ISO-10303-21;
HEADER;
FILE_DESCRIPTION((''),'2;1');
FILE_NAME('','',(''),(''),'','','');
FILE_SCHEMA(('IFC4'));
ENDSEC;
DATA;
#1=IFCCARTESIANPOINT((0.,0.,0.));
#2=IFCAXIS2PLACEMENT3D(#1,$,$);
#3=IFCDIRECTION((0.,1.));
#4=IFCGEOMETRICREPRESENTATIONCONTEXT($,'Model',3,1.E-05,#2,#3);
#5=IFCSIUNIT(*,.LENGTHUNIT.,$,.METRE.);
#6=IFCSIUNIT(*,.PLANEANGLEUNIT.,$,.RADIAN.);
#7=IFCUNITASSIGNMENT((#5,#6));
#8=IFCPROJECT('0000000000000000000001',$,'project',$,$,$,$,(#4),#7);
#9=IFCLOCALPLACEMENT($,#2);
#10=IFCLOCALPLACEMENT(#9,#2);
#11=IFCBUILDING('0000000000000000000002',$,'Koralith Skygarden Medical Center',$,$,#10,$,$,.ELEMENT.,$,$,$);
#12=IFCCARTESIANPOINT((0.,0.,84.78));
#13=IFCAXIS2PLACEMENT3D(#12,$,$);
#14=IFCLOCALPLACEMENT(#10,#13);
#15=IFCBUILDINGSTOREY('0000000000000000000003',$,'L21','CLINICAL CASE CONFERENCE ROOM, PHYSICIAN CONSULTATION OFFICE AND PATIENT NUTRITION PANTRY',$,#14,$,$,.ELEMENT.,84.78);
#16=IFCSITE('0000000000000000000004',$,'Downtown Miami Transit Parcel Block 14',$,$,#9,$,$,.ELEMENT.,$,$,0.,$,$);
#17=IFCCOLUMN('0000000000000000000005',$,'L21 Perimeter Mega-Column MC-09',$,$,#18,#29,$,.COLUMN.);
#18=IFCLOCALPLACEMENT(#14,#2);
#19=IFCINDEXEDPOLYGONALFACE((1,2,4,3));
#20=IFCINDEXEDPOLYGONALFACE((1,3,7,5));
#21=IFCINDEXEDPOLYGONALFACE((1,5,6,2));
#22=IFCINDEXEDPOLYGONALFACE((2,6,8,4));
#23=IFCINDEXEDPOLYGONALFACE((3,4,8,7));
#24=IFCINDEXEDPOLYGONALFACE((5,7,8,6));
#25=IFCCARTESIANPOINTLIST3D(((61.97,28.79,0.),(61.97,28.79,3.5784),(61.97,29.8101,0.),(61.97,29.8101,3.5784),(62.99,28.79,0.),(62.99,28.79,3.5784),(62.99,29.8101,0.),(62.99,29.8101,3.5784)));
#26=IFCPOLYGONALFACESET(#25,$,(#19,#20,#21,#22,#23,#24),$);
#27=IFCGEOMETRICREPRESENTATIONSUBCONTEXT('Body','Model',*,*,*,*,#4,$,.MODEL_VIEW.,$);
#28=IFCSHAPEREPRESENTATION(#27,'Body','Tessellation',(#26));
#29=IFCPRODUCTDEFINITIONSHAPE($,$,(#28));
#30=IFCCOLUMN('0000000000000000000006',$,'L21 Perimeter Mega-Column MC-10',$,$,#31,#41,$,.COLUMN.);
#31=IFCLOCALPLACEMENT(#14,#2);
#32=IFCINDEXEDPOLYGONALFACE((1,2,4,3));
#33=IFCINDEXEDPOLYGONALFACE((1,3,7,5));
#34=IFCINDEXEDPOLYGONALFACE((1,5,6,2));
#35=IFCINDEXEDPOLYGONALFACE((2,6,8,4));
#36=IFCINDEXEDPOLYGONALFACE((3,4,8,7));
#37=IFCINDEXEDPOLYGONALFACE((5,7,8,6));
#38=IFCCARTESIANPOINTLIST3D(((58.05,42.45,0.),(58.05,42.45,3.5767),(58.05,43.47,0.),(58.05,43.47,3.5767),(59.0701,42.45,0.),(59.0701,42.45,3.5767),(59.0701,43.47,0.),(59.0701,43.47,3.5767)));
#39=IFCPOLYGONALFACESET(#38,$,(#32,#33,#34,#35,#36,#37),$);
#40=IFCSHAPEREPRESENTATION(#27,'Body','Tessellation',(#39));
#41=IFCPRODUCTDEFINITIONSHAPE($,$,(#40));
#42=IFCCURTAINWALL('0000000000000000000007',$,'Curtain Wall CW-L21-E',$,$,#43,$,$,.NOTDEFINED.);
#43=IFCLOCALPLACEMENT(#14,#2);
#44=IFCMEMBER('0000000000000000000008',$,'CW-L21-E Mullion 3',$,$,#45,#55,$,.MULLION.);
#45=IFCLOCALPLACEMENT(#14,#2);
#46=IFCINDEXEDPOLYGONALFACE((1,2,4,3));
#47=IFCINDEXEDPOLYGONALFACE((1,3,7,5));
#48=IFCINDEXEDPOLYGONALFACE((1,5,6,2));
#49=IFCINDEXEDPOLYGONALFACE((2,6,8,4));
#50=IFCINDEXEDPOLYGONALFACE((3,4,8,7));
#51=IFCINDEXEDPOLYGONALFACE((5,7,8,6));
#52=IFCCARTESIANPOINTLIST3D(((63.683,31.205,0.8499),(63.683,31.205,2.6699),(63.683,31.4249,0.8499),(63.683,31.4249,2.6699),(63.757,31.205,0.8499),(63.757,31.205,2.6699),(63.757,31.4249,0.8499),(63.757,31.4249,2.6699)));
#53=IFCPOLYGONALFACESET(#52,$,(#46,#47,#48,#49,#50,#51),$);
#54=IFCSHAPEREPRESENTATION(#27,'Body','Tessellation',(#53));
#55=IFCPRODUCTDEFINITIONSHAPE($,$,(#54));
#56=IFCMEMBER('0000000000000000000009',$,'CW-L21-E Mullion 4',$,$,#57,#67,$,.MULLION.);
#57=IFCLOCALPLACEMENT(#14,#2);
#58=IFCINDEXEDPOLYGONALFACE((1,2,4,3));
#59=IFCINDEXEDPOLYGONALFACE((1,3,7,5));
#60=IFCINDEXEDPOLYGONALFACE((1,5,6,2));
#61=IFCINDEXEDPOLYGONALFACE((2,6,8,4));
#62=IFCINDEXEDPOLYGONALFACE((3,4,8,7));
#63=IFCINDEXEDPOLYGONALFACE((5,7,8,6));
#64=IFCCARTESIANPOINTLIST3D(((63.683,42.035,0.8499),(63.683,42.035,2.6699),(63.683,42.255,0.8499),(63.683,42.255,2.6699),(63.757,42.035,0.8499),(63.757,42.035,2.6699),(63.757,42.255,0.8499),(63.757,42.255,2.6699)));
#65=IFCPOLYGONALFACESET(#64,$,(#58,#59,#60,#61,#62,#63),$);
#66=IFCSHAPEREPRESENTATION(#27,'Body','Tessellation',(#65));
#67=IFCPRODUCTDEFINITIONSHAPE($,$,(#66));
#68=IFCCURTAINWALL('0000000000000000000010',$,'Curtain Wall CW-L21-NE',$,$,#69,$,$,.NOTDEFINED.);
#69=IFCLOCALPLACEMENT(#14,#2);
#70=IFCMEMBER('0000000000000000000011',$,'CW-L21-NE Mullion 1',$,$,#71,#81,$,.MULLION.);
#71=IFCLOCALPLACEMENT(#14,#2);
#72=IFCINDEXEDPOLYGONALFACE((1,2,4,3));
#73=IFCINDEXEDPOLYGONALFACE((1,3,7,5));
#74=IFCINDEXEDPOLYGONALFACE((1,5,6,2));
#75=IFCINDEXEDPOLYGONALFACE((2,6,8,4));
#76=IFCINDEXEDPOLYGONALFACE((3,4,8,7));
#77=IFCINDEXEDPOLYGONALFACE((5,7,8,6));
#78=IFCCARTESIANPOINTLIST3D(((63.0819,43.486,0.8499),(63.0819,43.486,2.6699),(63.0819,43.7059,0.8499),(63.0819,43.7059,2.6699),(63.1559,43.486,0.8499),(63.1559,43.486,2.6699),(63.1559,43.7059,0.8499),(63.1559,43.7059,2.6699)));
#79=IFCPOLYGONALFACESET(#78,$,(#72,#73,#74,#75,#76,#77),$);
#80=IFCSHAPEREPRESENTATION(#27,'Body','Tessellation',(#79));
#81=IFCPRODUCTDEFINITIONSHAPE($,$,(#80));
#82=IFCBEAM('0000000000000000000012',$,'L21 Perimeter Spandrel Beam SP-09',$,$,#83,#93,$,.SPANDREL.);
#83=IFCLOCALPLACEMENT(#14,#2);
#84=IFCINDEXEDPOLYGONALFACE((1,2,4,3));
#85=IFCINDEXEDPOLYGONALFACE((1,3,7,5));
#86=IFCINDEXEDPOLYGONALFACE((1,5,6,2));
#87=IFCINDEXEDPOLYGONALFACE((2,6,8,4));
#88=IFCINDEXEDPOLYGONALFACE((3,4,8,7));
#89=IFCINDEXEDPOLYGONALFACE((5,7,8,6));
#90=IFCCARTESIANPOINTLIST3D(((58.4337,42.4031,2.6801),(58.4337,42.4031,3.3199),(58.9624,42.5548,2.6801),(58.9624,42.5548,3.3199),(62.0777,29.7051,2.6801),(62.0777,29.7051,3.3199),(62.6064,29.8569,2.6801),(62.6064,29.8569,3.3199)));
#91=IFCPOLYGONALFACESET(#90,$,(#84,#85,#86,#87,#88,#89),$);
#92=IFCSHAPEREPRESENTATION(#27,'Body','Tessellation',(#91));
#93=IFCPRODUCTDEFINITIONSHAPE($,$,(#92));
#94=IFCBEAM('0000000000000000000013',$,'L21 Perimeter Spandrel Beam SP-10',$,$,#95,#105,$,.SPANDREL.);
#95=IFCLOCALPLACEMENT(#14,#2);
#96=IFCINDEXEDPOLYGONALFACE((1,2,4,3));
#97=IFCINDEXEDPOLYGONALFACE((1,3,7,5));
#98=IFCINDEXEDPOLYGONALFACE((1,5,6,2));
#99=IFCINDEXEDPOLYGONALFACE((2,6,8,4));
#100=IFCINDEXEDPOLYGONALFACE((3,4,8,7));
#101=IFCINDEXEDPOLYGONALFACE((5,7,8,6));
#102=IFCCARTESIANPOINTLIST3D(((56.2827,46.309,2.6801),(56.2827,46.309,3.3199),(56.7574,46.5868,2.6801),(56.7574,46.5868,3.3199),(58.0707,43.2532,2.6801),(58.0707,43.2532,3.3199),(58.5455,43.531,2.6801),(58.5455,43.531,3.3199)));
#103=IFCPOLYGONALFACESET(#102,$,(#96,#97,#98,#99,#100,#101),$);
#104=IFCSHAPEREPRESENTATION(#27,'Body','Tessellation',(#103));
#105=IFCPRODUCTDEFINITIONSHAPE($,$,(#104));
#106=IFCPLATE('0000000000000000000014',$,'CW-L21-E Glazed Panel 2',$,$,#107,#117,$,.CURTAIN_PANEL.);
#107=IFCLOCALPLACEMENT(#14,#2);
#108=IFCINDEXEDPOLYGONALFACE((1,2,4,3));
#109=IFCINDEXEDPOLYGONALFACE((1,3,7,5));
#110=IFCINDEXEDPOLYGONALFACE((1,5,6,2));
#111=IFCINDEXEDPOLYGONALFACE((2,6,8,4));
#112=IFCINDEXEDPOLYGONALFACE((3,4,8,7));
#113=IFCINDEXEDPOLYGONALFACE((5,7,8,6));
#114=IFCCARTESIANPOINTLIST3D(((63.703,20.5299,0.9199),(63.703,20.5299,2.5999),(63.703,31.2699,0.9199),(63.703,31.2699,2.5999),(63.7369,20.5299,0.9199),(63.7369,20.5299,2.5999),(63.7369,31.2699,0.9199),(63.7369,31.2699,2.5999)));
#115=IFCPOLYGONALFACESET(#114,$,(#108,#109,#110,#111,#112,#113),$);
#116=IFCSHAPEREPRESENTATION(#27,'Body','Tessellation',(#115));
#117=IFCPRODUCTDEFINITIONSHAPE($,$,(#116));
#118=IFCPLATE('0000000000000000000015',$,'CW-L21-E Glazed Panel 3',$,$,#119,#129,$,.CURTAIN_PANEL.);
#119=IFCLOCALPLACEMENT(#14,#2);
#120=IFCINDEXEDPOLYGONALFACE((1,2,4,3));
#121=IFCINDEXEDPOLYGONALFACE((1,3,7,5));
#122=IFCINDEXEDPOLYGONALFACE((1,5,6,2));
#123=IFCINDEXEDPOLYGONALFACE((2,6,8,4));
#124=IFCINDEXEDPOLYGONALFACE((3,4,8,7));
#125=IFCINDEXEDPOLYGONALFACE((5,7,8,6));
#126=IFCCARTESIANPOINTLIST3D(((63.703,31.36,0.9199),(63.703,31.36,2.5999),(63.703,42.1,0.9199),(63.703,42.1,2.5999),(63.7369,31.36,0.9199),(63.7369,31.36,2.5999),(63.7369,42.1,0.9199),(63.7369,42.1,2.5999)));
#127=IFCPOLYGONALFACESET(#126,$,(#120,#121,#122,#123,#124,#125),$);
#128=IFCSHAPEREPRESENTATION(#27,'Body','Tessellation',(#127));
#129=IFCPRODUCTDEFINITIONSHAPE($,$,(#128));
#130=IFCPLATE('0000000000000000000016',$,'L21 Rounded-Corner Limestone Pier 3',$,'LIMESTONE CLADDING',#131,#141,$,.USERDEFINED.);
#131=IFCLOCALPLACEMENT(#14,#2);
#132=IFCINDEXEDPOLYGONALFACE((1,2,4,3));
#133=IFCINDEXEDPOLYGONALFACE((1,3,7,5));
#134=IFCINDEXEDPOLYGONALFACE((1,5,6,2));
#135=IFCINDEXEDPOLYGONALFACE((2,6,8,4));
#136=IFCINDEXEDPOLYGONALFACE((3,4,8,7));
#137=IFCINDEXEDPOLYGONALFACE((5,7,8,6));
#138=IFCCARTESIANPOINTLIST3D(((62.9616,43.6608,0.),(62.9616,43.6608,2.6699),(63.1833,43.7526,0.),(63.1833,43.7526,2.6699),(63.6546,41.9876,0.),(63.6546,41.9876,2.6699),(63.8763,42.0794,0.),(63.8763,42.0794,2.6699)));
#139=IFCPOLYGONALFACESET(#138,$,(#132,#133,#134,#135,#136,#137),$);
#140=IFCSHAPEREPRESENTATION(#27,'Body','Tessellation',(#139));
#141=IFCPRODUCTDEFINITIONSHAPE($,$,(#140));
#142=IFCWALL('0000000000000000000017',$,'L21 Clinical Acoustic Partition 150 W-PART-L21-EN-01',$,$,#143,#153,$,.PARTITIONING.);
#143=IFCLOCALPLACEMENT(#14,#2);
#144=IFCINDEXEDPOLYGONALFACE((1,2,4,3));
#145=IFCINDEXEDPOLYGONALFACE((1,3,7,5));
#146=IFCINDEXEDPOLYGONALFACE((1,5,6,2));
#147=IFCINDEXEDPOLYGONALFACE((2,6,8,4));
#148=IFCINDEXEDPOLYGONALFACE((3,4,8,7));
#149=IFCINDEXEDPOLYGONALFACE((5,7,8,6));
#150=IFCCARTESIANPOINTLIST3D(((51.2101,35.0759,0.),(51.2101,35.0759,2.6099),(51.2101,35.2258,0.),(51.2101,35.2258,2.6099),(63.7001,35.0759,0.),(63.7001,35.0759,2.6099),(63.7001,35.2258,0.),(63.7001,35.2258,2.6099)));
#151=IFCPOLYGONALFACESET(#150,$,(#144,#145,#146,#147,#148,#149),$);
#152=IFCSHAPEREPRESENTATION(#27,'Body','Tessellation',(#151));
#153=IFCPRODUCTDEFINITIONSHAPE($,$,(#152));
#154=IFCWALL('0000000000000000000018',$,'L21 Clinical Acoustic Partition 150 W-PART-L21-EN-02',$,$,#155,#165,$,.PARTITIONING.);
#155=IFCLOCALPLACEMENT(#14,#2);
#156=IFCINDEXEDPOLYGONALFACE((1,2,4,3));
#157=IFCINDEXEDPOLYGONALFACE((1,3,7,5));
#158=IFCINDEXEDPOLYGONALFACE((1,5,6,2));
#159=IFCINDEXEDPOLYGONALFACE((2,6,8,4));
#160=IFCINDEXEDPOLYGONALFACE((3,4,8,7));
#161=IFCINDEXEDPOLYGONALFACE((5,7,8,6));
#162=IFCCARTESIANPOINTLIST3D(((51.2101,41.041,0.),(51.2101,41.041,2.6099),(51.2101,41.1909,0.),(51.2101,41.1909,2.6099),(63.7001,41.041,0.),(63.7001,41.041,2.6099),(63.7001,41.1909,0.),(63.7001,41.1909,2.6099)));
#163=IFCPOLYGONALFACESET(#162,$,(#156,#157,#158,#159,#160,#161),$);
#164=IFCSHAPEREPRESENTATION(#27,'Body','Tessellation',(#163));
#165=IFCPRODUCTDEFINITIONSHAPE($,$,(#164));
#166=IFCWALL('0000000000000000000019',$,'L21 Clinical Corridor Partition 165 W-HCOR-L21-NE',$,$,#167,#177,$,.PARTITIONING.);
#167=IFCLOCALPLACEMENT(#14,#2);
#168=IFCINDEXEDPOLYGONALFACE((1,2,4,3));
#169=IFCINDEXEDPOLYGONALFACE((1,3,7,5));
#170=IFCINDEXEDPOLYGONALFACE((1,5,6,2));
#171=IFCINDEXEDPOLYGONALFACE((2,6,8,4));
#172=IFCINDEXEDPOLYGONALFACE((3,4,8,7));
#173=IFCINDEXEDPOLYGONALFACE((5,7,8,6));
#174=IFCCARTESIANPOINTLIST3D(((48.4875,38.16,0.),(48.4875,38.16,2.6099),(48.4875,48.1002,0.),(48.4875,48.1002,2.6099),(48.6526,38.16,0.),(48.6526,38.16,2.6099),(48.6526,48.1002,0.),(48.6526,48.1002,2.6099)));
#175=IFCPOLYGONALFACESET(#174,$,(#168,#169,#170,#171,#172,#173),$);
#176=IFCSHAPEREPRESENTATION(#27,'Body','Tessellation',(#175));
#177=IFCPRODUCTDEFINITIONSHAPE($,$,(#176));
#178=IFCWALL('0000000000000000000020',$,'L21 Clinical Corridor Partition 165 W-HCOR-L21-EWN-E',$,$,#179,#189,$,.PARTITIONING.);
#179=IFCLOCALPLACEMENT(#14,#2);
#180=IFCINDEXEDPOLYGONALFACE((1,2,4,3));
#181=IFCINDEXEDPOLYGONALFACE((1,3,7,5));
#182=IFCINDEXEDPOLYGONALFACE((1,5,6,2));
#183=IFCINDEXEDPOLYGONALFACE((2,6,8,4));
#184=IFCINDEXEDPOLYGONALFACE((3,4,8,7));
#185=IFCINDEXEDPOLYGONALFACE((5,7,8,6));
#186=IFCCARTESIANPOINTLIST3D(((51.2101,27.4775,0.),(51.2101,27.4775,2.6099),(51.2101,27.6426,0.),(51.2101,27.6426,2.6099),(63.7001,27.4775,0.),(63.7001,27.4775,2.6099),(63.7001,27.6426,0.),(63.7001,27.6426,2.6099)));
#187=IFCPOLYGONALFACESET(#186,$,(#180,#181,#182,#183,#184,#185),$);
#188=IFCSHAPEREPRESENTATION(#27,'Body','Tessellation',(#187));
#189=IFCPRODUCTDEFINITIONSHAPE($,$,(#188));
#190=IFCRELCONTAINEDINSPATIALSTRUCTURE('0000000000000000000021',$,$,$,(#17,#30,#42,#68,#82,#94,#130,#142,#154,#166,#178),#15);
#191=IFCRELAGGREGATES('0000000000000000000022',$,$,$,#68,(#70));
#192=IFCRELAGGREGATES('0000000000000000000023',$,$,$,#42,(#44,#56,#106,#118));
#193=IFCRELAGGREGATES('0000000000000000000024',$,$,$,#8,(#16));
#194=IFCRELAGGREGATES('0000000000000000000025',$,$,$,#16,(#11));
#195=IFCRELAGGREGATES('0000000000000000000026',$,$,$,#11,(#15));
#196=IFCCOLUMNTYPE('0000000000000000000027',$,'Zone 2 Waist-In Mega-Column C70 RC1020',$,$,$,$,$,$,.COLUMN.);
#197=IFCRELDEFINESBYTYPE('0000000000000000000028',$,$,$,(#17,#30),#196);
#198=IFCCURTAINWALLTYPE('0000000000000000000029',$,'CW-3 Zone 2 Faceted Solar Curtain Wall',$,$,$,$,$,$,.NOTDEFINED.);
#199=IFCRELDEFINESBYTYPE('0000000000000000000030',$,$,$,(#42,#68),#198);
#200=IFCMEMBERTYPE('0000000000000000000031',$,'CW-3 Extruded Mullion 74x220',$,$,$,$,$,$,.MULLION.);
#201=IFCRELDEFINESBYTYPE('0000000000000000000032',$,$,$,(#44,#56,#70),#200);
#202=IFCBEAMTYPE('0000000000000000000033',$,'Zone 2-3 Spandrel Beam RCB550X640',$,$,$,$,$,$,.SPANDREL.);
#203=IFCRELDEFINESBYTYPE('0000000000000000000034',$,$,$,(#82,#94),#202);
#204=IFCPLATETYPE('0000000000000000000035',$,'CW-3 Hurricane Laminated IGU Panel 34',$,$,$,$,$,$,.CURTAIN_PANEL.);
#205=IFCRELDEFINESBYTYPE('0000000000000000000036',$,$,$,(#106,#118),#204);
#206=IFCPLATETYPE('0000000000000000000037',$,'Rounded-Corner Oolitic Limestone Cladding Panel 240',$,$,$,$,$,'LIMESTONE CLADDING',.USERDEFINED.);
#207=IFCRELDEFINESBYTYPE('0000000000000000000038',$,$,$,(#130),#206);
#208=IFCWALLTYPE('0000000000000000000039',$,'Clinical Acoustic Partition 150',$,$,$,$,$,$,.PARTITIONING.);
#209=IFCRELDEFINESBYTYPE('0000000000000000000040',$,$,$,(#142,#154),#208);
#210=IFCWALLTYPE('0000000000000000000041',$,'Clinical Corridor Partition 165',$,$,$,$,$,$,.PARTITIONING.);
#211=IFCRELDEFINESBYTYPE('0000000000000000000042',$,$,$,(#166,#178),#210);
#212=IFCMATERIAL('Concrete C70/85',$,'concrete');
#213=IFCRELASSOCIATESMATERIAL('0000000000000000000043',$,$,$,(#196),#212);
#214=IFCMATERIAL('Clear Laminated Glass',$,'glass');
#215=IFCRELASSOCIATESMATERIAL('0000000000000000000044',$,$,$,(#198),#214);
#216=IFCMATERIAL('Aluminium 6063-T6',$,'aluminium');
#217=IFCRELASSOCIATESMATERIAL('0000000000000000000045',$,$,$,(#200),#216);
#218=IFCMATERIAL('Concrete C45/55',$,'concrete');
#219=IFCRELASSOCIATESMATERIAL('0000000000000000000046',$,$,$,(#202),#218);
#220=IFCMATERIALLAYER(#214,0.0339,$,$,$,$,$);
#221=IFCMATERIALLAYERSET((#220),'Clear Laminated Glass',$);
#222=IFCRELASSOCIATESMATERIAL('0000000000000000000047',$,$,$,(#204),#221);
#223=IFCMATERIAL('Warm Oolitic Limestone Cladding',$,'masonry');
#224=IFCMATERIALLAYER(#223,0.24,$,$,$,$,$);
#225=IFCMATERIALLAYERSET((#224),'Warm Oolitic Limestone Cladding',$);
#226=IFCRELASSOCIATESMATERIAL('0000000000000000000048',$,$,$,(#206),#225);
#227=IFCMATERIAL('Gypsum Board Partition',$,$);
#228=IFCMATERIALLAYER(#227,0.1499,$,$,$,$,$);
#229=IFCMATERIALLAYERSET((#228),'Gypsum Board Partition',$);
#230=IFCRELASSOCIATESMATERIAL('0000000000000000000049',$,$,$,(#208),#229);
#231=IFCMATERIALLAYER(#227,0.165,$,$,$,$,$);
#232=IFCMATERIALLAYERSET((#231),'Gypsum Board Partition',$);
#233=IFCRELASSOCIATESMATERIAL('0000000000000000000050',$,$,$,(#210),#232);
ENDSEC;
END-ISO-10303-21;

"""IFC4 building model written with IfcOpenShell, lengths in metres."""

from ifc_helpers import new_model, si_unit, direction, frame, frame_2d, origin, origin_2d, place, context, subcontext, project, spatial, rectangle, extrude, material, layer, layer_set, material_profile, profile_set, type_object, element, aggregate, save


model = new_model("IFC4")

# Units and contexts
model_context = context("Model", 3, precision=1e-05, world=origin(), true_north=direction((0.0, 1.0)))
body_context = subcontext(model_context, "Body", "Model", "MODEL_VIEW")
ifc_project = project(units=[si_unit("LENGTHUNIT", "METRE"), si_unit("PLANEANGLEUNIT", "RADIAN")], contexts=[model_context])

# Site, building, storey
site_placement = place(None, origin())
site = spatial("IfcSite", under=ifc_project, at=site_placement, Name="Downtown Miami Transit Parcel Block 14", CompositionType="ELEMENT", RefElevation=0.0)
building_placement = place(site_placement, origin())
building = spatial("IfcBuilding", under=site, at=building_placement, Name="Koralith Skygarden Medical Center", CompositionType="ELEMENT")
storey_placement = place(building_placement, frame((0.0, 0.0, 84.78)))
storey = spatial("IfcBuildingStorey", under=building, at=storey_placement, Name="L21", Description="CLINICAL CASE CONFERENCE ROOM, PHYSICIAN CONSULTATION OFFICE AND PATIENT NUTRITION PANTRY", CompositionType="ELEMENT", Elevation=84.78)

# Columns
ifc_material_1 = material(Name="Concrete C70/85", Category="concrete")
ifc_material_profile_1 = material_profile(ifc_material_1, rectangle(XDim=1.02, YDim=1.02, at=origin_2d()), Name="RC1020X1020")
ifc_profile_set_1 = profile_set([ifc_material_profile_1], Name="Concrete C70/85")
column_type = type_object("IfcColumnType", Name="Zone 2 Waist-In Mega-Column C70 RC1020", PredefinedType="COLUMN", material=ifc_profile_set_1)
column_1_placement = place(storey_placement, frame((62.48, 29.3, 0.0), z_axis=(0.0, 0.0, 1.0), x_axis=(1.0, 0.0, 0.0)))
element("IfcColumn", 1, at=column_1_placement, inside=storey, type_object=column_type, Name="L21 Perimeter Mega-Column MC-09", PredefinedType="COLUMN", context=body_context, shape_type="SweptSolid", body=[
    extrude(rectangle(XDim=1.02, YDim=1.02, at=origin_2d()), origin(), (0.0, 0.0, 1.0), 3.5784),
])
column_2_placement = place(storey_placement, frame((58.5601, 42.96, 0.0), z_axis=(0.0, 0.0, 1.0), x_axis=(1.0, 0.0, 0.0)))
element("IfcColumn", 2, at=column_2_placement, inside=storey, type_object=column_type, Name="L21 Perimeter Mega-Column MC-10", PredefinedType="COLUMN", context=body_context, shape_type="SweptSolid", body=[
    extrude(rectangle(XDim=1.02, YDim=1.02, at=origin_2d()), origin(), (0.0, 0.0, 1.0), 3.5767),
])

# Curtain wall, members
ifc_material_2 = material(Name="Clear Laminated Glass", Category="glass")
curtain_wall_type = type_object("IfcCurtainWallType", Name="CW-3 Zone 2 Faceted Solar Curtain Wall", PredefinedType="NOTDEFINED", material=ifc_material_2)
curtain_wall_1_placement = place(storey_placement, origin())
curtain_wall_1 = element("IfcCurtainWall", 3, at=curtain_wall_1_placement, inside=storey, type_object=curtain_wall_type, Name="Curtain Wall CW-L21-E", PredefinedType="NOTDEFINED")
ifc_material_3 = material(Name="Aluminium 6063-T6", Category="aluminium")
ifc_material_profile_2 = material_profile(ifc_material_3, rectangle(XDim=0.074, YDim=0.22, at=origin_2d()), Name="MUL74X220")
ifc_profile_set_2 = profile_set([ifc_material_profile_2], Name="Aluminium 6063-T6")
member_type = type_object("IfcMemberType", Name="CW-3 Extruded Mullion 74x220", PredefinedType="MULLION", material=ifc_profile_set_2)
member_1_placement = place(storey_placement, frame((63.72, 31.3149, 0.8499), z_axis=(0.0, 0.0, 1.0), x_axis=(1.0, 0.0, 0.0)))
member_1 = element("IfcMember", 4, at=member_1_placement, type_object=member_type, Name="CW-L21-E Mullion 3", PredefinedType="MULLION", context=body_context, shape_type="SweptSolid", body=[
    extrude(rectangle(XDim=0.074, YDim=0.22, at=origin_2d()), origin(), (0.0, 0.0, 1.0), 1.8201),
])
member_2_placement = place(storey_placement, frame((63.72, 42.145, 0.8499), z_axis=(0.0, 0.0, 1.0), x_axis=(1.0, 0.0, 0.0)))
member_2 = element("IfcMember", 5, at=member_2_placement, type_object=member_type, Name="CW-L21-E Mullion 4", PredefinedType="MULLION", context=body_context, shape_type="SweptSolid", body=[
    extrude(rectangle(XDim=0.074, YDim=0.22, at=origin_2d()), origin(), (0.0, 0.0, 1.0), 1.8201),
])

# Curtain wall, member
curtain_wall_2_placement = place(storey_placement, origin())
curtain_wall_2 = element("IfcCurtainWall", 6, at=curtain_wall_2_placement, inside=storey, type_object=curtain_wall_type, Name="Curtain Wall CW-L21-NE", PredefinedType="NOTDEFINED")
member_3_placement = place(storey_placement, frame((63.1189, 43.5959, 0.8499), z_axis=(0.0, 0.0, 1.0), x_axis=(1.0, 0.0, 0.0)))
member_3 = element("IfcMember", 7, at=member_3_placement, type_object=member_type, Name="CW-L21-NE Mullion 1", PredefinedType="MULLION", context=body_context, shape_type="SweptSolid", body=[
    extrude(rectangle(XDim=0.074, YDim=0.22, at=origin_2d()), origin(), (0.0, 0.0, 1.0), 1.8201),
])
aggregate(curtain_wall_2, [member_3])

# Beams
ifc_material_4 = material(Name="Concrete C45/55", Category="concrete")
ifc_material_profile_3 = material_profile(ifc_material_4, rectangle(XDim=0.55, YDim=0.6399, at=origin_2d()), Name="RCB550X640")
ifc_profile_set_3 = profile_set([ifc_material_profile_3], Name="Concrete C45/55")
beam_type = type_object("IfcBeamType", Name="Zone 2-3 Spandrel Beam RCB550X640", PredefinedType="SPANDREL", material=ifc_profile_set_3)
beam_1_placement = place(storey_placement, frame((62.342, 29.781, 3.0), z_axis=(-0.275844, 0.961202, 0.0), x_axis=(-0.961202, -0.275844, 0.0)))
element("IfcBeam", 8, at=beam_1_placement, inside=storey, type_object=beam_type, Name="L21 Perimeter Spandrel Beam SP-09", PredefinedType="SPANDREL", context=body_context, shape_type="SweptSolid", body=[
    extrude(rectangle(XDim=0.55, YDim=0.6399, at=origin_2d()), origin(), (0.0, 0.0, 1.0), 13.2104),
])
beam_2_placement = place(storey_placement, frame((58.3081, 43.3921, 3.0), z_axis=(-0.505024, 0.863105, 0.0), x_axis=(-0.863105, -0.505024, 0.0)))
element("IfcBeam", 9, at=beam_2_placement, inside=storey, type_object=beam_type, Name="L21 Perimeter Spandrel Beam SP-10", PredefinedType="SPANDREL", context=body_context, shape_type="SweptSolid", body=[
    extrude(rectangle(XDim=0.55, YDim=0.6399, at=origin_2d()), origin(), (0.0, 0.0, 1.0), 3.5405),
])

# Plates
ifc_layer_1 = layer(ifc_material_2, 0.0339)
ifc_layer_set_1 = layer_set([ifc_layer_1], Name="Clear Laminated Glass")
plate_type_1 = type_object("IfcPlateType", Name="CW-3 Hurricane Laminated IGU Panel 34", PredefinedType="CURTAIN_PANEL", material=ifc_layer_set_1)
plate_1_placement = place(storey_placement, frame((63.72, 25.8999, 0.9199), z_axis=(0.0, 0.0, 1.0), x_axis=(0.0, 1.0, 0.0)))
plate_1 = element("IfcPlate", 10, at=plate_1_placement, type_object=plate_type_1, Name="CW-L21-E Glazed Panel 2", PredefinedType="CURTAIN_PANEL", context=body_context, shape_type="SweptSolid", body=[
    extrude(rectangle(XDim=10.74, YDim=0.0339, at=origin_2d()), origin(), (0.0, 0.0, 1.0), 1.6799),
])
plate_2_placement = place(storey_placement, frame((63.72, 36.73, 0.9199), z_axis=(0.0, 0.0, 1.0), x_axis=(0.0, 1.0, 0.0)))
plate_2 = element("IfcPlate", 11, at=plate_2_placement, type_object=plate_type_1, Name="CW-L21-E Glazed Panel 3", PredefinedType="CURTAIN_PANEL", context=body_context, shape_type="SweptSolid", body=[
    extrude(rectangle(XDim=10.74, YDim=0.0339, at=origin_2d()), origin(), (0.0, 0.0, 1.0), 1.6799),
])
aggregate(curtain_wall_1, [member_1, member_2, plate_1, plate_2])
ifc_material_5 = material(Name="Warm Oolitic Limestone Cladding", Category="masonry")
ifc_layer_2 = layer(ifc_material_5, 0.24)
ifc_layer_set_2 = layer_set([ifc_layer_2], Name="Warm Oolitic Limestone Cladding")
plate_type_2 = type_object("IfcPlateType", Name="Rounded-Corner Oolitic Limestone Cladding Panel 240", ElementType="LIMESTONE CLADDING", PredefinedType="USERDEFINED", material=ifc_layer_set_2)
plate_3_placement = place(storey_placement, frame((63.4189, 42.8701, 0.0), z_axis=(0.0, 0.0, 1.0), x_axis=(-0.382671, 0.923885, 0.0)))
element("IfcPlate", 12, at=plate_3_placement, inside=storey, type_object=plate_type_2, Name="L21 Rounded-Corner Limestone Pier 3", ObjectType="LIMESTONE CLADDING", PredefinedType="USERDEFINED", context=body_context, shape_type="SweptSolid", body=[
    extrude(rectangle(XDim=1.811, YDim=0.24, at=origin_2d()), origin(), (0.0, 0.0, 1.0), 2.6699),
])

# Walls
ifc_material_6 = material(Name="Gypsum Board Partition")
ifc_layer_3 = layer(ifc_material_6, 0.1499)
ifc_layer_set_3 = layer_set([ifc_layer_3], Name="Gypsum Board Partition")
wall_type_1 = type_object("IfcWallType", Name="Clinical Acoustic Partition 150", PredefinedType="PARTITIONING", material=ifc_layer_set_3)
for number, where, z_axis, x_axis, name in (
    (13, (51.21, 35.1509, 0.0), (0.0, 0.0, 1.0), (1.0, 0.0, 0.0), "L21 Clinical Acoustic Partition 150 W-PART-L21-EN-01"),
    (14, (51.21, 41.116, 0.0), (0.0, 0.0, 1.0), (1.0, 0.0, 0.0), "L21 Clinical Acoustic Partition 150 W-PART-L21-EN-02"),
):
    element("IfcWall", number, at=place(storey_placement, frame(where, z_axis=z_axis, x_axis=x_axis)), inside=storey, type_object=wall_type_1, Name=name, PredefinedType="PARTITIONING", context=body_context, shape_type="SweptSolid", body=[
        extrude(rectangle(XDim=12.49, YDim=0.1499, at=frame_2d((6.2451, 0.0))), origin(), (0.0, 0.0, 1.0), 2.6099),
    ])
ifc_layer_4 = layer(ifc_material_6, 0.165)
ifc_layer_set_4 = layer_set([ifc_layer_4], Name="Gypsum Board Partition")
wall_type_2 = type_object("IfcWallType", Name="Clinical Corridor Partition 165", PredefinedType="PARTITIONING", material=ifc_layer_set_4)
wall_1_placement = place(storey_placement, frame((48.5701, 38.1599, 0.0), z_axis=(0.0, 0.0, 1.0), x_axis=(0.0, 1.0, 0.0)))
element("IfcWall", 15, at=wall_1_placement, inside=storey, type_object=wall_type_2, Name="L21 Clinical Corridor Partition 165 W-HCOR-L21-NE", PredefinedType="PARTITIONING", context=body_context, shape_type="SweptSolid", body=[
    extrude(rectangle(XDim=9.9402, YDim=0.165, at=frame_2d((4.9702, 0.0))), origin(), (0.0, 0.0, 1.0), 2.6099),
])
wall_2_placement = place(storey_placement, frame((51.21, 27.5601, 0.0), z_axis=(0.0, 0.0, 1.0), x_axis=(1.0, 0.0, 0.0)))
element("IfcWall", 16, at=wall_2_placement, inside=storey, type_object=wall_type_2, Name="L21 Clinical Corridor Partition 165 W-HCOR-L21-EWN-E", PredefinedType="PARTITIONING", context=body_context, shape_type="SweptSolid", body=[
    extrude(rectangle(XDim=12.49, YDim=0.165, at=frame_2d((6.2451, 0.0))), origin(), (0.0, 0.0, 1.0), 2.6099),
])

save(model, "model.ifc")
